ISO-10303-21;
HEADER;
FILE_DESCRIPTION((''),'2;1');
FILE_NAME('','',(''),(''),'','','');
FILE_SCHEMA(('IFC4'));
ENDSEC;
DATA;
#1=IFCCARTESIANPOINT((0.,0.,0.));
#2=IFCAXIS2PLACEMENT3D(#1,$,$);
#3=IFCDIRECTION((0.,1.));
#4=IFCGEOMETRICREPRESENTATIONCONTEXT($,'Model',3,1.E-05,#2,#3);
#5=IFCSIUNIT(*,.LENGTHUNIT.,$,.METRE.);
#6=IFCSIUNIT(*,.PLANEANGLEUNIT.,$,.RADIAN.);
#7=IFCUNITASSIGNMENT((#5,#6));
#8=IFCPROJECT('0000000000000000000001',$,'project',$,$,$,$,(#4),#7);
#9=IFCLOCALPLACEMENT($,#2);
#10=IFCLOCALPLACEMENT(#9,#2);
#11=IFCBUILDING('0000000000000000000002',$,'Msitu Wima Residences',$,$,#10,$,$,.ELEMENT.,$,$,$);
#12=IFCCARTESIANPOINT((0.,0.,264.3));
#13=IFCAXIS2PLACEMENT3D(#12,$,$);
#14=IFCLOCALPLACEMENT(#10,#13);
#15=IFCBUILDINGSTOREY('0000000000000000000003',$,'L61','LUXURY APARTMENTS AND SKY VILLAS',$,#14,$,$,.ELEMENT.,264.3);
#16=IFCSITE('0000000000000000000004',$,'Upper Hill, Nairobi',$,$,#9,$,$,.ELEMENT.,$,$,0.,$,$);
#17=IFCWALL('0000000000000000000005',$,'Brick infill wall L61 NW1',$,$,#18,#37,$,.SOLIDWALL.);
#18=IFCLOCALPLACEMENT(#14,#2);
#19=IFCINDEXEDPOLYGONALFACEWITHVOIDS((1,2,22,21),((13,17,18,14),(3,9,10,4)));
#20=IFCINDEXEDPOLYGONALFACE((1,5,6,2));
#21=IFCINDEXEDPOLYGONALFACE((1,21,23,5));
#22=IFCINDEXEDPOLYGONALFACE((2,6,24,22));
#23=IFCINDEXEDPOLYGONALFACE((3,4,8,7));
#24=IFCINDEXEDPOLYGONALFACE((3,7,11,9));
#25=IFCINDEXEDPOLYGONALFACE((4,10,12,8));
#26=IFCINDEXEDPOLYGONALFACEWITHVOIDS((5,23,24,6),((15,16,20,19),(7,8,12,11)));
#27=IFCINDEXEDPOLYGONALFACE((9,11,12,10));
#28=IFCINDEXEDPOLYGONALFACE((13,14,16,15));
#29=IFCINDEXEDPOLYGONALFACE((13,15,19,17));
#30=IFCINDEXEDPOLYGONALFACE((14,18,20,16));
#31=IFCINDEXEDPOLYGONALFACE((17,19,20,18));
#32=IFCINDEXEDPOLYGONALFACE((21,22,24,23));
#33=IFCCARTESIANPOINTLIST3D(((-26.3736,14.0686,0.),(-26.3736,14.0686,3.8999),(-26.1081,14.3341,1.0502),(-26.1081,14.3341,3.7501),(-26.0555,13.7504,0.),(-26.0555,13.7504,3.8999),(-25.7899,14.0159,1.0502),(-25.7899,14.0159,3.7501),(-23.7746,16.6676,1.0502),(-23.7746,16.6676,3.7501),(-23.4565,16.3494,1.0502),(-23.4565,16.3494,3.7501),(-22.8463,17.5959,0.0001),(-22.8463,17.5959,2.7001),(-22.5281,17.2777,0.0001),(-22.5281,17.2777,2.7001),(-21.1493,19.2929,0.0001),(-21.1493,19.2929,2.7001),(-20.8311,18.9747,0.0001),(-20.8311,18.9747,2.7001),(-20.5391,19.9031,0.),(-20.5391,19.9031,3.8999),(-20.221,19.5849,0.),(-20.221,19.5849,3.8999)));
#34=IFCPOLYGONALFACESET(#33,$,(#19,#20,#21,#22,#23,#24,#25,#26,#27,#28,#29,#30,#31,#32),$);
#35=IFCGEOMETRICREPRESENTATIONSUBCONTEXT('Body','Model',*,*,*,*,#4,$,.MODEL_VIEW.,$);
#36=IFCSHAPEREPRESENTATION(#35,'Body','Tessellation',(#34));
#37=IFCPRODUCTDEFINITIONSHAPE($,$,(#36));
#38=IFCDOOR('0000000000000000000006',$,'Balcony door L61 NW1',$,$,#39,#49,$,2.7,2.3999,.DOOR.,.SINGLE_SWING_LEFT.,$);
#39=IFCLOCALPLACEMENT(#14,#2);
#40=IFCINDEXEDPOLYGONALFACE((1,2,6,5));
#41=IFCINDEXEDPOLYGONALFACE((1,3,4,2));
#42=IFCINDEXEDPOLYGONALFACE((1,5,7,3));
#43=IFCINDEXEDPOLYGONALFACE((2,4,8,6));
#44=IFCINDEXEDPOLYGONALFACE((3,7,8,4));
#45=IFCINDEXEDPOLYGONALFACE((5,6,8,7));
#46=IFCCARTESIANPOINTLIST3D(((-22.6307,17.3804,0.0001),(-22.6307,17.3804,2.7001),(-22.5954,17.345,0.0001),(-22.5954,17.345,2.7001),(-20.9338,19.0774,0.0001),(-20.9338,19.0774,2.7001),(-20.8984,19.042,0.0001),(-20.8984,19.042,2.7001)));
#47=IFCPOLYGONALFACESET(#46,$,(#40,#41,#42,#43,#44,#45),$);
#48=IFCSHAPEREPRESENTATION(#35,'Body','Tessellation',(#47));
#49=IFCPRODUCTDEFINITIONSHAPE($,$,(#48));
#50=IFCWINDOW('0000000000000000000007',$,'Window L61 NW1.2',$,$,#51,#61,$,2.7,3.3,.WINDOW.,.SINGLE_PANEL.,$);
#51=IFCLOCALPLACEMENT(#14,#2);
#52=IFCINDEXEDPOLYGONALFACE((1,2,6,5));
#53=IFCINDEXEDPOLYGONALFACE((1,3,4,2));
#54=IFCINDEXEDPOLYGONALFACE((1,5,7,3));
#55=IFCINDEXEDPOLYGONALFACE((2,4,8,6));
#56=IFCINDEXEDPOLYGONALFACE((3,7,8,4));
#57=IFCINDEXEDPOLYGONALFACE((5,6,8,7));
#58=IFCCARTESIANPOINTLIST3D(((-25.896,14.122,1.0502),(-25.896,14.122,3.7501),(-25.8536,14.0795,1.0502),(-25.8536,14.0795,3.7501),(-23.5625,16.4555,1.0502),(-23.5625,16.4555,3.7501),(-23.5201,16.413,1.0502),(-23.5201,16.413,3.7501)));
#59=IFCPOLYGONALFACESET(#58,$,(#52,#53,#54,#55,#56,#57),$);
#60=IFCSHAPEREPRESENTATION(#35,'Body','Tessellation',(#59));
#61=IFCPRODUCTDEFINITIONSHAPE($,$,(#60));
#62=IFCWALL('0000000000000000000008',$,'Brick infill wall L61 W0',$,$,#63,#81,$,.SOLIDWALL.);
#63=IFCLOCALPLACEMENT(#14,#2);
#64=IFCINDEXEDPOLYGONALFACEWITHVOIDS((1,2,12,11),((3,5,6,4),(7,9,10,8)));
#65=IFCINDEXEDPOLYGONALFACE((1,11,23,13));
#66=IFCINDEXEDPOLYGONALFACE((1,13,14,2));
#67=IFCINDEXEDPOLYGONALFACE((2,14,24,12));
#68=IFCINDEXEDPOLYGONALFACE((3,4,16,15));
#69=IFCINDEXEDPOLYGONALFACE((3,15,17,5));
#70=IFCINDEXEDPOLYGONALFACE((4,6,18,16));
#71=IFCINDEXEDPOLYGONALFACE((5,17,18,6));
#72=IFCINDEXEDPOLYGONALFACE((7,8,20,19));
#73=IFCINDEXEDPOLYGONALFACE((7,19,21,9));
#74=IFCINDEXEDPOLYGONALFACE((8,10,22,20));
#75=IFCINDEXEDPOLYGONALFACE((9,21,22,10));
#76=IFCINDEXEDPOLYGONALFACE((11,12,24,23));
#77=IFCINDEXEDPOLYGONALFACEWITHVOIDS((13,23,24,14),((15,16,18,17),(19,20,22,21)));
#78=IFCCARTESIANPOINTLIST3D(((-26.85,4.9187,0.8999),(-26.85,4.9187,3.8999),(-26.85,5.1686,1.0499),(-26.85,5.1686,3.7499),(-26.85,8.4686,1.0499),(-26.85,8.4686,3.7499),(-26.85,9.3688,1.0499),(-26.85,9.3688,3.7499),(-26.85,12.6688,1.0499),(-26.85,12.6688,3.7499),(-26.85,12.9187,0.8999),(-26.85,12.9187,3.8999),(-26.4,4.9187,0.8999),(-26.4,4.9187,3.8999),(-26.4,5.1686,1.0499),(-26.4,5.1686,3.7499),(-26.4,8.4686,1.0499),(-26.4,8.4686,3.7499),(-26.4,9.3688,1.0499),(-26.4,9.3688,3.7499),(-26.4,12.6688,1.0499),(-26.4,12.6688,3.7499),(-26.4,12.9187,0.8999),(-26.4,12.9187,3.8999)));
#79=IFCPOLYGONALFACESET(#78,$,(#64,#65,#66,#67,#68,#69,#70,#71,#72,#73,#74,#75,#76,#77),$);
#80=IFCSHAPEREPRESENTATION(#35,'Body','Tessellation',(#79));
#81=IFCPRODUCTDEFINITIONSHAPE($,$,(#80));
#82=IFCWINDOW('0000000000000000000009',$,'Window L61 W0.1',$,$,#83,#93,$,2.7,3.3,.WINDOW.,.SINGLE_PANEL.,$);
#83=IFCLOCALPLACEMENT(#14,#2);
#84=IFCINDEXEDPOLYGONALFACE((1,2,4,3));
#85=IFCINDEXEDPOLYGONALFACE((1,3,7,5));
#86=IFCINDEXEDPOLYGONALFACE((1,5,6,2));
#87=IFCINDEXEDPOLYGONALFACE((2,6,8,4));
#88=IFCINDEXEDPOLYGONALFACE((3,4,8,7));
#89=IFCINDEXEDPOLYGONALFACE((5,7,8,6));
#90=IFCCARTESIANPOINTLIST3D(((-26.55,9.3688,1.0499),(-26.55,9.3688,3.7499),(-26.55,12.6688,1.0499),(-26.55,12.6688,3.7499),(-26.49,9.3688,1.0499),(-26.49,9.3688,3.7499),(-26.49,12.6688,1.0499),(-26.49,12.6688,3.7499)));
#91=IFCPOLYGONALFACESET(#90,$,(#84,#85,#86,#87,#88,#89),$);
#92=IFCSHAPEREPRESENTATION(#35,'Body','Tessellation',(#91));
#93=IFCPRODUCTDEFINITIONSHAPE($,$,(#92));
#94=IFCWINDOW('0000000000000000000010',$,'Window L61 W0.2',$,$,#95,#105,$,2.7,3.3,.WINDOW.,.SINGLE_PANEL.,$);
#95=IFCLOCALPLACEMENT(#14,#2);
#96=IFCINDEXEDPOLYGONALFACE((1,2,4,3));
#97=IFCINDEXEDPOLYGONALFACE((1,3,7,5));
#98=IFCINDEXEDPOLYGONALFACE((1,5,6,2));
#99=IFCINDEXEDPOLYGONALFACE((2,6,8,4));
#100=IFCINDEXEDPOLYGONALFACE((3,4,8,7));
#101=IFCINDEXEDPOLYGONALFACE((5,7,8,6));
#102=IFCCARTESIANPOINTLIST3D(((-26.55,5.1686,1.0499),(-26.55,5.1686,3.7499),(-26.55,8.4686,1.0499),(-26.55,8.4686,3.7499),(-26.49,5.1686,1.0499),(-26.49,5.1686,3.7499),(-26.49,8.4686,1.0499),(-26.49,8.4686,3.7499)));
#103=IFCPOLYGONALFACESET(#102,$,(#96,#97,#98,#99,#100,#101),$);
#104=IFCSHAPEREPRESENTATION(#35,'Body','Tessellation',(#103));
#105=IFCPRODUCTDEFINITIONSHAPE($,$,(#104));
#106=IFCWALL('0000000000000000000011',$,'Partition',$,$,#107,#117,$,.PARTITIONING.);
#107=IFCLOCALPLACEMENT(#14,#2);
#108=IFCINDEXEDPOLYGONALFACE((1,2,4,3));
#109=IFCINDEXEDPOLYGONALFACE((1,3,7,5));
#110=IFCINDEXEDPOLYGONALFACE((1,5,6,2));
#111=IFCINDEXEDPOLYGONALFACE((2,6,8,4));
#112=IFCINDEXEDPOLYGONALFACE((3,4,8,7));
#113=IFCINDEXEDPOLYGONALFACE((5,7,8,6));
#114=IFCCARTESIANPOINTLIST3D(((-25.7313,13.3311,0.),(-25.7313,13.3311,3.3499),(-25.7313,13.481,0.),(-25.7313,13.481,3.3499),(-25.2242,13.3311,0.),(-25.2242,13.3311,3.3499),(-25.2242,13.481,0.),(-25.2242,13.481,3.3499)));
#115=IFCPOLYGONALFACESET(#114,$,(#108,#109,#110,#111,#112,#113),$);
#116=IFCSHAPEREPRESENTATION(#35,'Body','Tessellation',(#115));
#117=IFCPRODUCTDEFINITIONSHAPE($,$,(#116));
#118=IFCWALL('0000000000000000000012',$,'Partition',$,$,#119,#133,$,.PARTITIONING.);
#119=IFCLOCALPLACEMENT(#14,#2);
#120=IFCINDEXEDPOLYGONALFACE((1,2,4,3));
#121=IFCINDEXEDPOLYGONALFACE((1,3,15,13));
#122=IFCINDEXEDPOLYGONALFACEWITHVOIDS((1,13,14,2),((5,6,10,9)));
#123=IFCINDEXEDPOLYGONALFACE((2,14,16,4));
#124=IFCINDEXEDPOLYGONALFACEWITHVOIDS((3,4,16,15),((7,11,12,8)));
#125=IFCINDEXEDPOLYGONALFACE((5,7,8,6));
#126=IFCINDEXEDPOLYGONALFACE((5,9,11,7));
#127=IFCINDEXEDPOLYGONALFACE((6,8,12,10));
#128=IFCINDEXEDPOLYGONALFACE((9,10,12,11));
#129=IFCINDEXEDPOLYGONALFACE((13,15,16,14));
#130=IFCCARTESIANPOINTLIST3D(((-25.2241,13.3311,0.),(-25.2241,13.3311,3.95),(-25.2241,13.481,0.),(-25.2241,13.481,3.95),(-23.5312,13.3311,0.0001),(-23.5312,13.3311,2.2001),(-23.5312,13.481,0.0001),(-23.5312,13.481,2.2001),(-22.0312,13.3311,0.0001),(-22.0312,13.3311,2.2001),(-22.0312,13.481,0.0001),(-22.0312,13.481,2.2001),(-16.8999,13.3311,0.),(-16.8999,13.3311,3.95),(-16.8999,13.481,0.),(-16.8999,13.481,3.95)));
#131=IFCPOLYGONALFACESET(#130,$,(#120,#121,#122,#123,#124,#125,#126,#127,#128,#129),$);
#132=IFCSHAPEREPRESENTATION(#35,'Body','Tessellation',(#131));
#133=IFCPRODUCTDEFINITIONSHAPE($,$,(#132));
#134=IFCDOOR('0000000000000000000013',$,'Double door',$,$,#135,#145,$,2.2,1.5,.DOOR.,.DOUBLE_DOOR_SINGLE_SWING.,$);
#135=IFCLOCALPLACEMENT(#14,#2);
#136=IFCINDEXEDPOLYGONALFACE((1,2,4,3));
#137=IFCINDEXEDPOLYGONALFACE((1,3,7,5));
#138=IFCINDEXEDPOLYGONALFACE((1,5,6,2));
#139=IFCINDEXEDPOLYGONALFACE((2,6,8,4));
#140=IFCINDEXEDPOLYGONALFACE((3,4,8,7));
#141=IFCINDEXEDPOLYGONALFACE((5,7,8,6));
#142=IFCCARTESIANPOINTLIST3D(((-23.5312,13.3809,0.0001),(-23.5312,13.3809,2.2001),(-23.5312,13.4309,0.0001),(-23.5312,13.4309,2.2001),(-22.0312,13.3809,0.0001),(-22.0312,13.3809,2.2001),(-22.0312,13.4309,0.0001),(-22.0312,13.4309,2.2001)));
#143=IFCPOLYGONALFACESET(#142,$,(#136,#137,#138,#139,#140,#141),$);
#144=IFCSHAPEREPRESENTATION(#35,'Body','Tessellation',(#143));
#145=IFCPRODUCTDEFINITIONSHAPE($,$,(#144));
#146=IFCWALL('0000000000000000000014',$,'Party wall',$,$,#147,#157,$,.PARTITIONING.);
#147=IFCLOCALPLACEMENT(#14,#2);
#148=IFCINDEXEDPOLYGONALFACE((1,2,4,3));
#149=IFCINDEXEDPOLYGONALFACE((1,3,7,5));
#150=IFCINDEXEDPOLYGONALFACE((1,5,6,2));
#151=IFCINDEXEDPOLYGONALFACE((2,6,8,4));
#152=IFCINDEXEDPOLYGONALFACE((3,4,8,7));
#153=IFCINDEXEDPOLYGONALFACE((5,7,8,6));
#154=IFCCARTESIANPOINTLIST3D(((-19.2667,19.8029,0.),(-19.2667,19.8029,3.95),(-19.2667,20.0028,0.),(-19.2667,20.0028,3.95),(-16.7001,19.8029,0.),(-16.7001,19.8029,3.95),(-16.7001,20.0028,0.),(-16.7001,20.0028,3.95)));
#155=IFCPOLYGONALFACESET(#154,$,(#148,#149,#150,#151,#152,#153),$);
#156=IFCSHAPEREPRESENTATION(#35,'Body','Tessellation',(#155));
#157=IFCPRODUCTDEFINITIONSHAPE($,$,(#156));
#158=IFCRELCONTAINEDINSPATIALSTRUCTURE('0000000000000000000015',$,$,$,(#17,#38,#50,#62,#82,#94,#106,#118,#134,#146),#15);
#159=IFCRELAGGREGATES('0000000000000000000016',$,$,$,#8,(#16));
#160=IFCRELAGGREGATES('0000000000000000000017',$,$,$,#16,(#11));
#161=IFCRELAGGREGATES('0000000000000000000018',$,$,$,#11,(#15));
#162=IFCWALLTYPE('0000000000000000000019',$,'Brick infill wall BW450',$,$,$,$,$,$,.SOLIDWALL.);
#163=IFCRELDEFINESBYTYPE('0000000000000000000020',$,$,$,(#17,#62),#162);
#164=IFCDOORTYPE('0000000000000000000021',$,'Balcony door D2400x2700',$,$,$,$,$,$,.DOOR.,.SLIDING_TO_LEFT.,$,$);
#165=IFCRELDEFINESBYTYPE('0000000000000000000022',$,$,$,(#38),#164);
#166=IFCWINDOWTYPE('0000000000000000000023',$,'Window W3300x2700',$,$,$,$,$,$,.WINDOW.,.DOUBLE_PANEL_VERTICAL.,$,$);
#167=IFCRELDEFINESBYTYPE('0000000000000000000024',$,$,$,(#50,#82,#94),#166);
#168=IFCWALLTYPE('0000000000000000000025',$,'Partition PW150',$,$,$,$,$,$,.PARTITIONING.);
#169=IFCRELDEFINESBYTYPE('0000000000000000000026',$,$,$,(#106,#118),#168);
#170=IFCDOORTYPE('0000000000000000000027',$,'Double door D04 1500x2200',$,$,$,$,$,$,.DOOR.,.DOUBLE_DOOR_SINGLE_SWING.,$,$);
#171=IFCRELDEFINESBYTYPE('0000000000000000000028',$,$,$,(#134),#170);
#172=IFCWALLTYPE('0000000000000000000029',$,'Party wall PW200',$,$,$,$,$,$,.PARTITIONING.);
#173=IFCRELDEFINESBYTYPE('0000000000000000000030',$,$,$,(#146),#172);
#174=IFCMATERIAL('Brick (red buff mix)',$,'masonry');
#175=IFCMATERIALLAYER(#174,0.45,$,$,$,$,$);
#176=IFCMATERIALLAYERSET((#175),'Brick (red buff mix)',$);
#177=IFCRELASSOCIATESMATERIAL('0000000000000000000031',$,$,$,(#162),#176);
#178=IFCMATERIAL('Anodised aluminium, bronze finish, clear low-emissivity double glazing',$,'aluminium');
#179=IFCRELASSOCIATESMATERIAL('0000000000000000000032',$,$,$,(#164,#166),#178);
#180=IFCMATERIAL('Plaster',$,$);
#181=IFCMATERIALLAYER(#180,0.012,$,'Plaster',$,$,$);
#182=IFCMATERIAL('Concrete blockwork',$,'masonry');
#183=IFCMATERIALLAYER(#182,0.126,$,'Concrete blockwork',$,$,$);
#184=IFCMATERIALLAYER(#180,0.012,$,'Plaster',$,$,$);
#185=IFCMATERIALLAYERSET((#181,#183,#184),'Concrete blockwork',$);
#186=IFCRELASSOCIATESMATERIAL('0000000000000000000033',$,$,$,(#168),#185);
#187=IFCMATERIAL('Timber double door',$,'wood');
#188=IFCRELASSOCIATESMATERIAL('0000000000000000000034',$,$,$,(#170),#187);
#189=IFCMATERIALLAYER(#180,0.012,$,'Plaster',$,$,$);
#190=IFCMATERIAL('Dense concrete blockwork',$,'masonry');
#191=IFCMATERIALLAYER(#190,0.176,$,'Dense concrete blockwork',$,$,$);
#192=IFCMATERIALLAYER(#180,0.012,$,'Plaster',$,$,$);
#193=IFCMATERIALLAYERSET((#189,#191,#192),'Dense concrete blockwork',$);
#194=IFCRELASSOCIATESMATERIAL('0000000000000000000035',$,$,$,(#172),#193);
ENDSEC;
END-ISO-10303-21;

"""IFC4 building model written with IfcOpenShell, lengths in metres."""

from ifc_helpers import new_model, si_unit, direction, frame, frame_2d, origin, place, context, subcontext, project, spatial, rectangle, extrude, material, layer, layer_set, type_object, element, fill, save


model = new_model("IFC4")

# Units and contexts
model_context = context("Model", 3, precision=1e-05, world=origin(), true_north=direction((0.0, 1.0)))
body_context = subcontext(model_context, "Body", "Model", "MODEL_VIEW")
ifc_project = project(units=[si_unit("LENGTHUNIT", "METRE"), si_unit("PLANEANGLEUNIT", "RADIAN")], contexts=[model_context])

# Site, building, storey
site_placement = place(None, origin())
site = spatial("IfcSite", under=ifc_project, at=site_placement, Name="Upper Hill, Nairobi", CompositionType="ELEMENT", RefElevation=0.0)
building_placement = place(site_placement, origin())
building = spatial("IfcBuilding", under=site, at=building_placement, Name="Msitu Wima Residences", CompositionType="ELEMENT")
storey_placement = place(building_placement, frame((0.0, 0.0, 264.3)))
storey = spatial("IfcBuildingStorey", under=building, at=storey_placement, Name="L61", Description="LUXURY APARTMENTS AND SKY VILLAS", CompositionType="ELEMENT", Elevation=264.3)

# Wall, openings, door, window
ifc_material_1 = material(Name="Brick (red buff mix)", Category="masonry")
ifc_layer_1 = layer(ifc_material_1, 0.45)
ifc_layer_set_1 = layer_set([ifc_layer_1], Name="Brick (red buff mix)")
wall_type_1 = type_object("IfcWallType", Name="Brick infill wall BW450", PredefinedType="SOLIDWALL", material=ifc_layer_set_1)
wall_1_placement = place(storey_placement, frame((-20.3801, 19.7439, 0.0), z_axis=(0.0, 0.0, 1.0), x_axis=(-0.707107, -0.707107, 0.0)))
wall_1 = element("IfcWall", 1, at=wall_1_placement, inside=storey, type_object=wall_type_1, Name="Brick infill wall L61 NW1", PredefinedType="SOLIDWALL", context=body_context, shape_type="SweptSolid", body=[
    extrude(rectangle(XDim=8.2512, YDim=0.45, at=frame_2d((4.1255, 0.0))), origin(), (0.0, 0.0, 1.0), 3.8999),
])
opening_1_placement = place(wall_1_placement, frame((0.8628, 0.0, 0.0)))
opening_1 = element("IfcOpeningElement", 2, at=opening_1_placement, cuts=wall_1, PredefinedType="OPENING", context=body_context, shape_type="SweptSolid", body=[
    extrude(rectangle(XDim=2.3999, YDim=2.7, at=frame_2d((1.2, 1.3501))), frame((0.0, 0.2349, 0.0), z_axis=(0.0, -1.0, 0.0), x_axis=(1.0, 0.0, 0.0)), (0.0, 0.0, 1.0), 0.47),
])
opening_2_placement = place(wall_1_placement, frame((4.5757, 0.0, 1.05)))
opening_2 = element("IfcOpeningElement", 3, at=opening_2_placement, cuts=wall_1, PredefinedType="OPENING", context=body_context, shape_type="SweptSolid", body=[
    extrude(rectangle(XDim=3.3, YDim=2.7, at=frame_2d((1.6499, 1.3501))), frame((0.0, 0.2349, 0.0), z_axis=(0.0, -1.0, 0.0), x_axis=(1.0, 0.0, 0.0)), (0.0, 0.0, 1.0), 0.47),
])
ifc_material_2 = material(Name="Anodised aluminium, bronze finish, clear low-emissivity double glazing", Category="aluminium")
door_type_1 = type_object("IfcDoorType", Name="Balcony door D2400x2700", OperationType="SLIDING_TO_LEFT", PredefinedType="DOOR", material=ifc_material_2)
door_1_placement = place(opening_1_placement, origin())
door_1 = element("IfcDoor", 4, at=door_1_placement, inside=storey, type_object=door_type_1, Name="Balcony door L61 NW1", OperationType="SINGLE_SWING_LEFT", OverallHeight=2.7, OverallWidth=2.3999, PredefinedType="DOOR", context=body_context, shape_type="SweptSolid", body=[
    extrude(rectangle(XDim=2.3999, YDim=2.7, at=frame_2d((1.2, 1.3501))), frame((0.0, 0.1299, 0.0), z_axis=(0.0, -1.0, 0.0), x_axis=(1.0, 0.0, 0.0)), (0.0, 0.0, 1.0), 0.05),
])
fill(opening_1, door_1)
window_type = type_object("IfcWindowType", Name="Window W3300x2700", PartitioningType="DOUBLE_PANEL_VERTICAL", PredefinedType="WINDOW", material=ifc_material_2)
window_1_placement = place(opening_2_placement, origin())
window_1 = element("IfcWindow", 5, at=window_1_placement, inside=storey, type_object=window_type, Name="Window L61 NW1.2", OverallHeight=2.7, OverallWidth=3.3, PartitioningType="SINGLE_PANEL", PredefinedType="WINDOW", context=body_context, shape_type="SweptSolid", body=[
    extrude(rectangle(XDim=3.3, YDim=2.7, at=frame_2d((1.6499, 1.3501))), frame((0.0, 0.135, 0.0), z_axis=(0.0, -1.0, 0.0), x_axis=(1.0, 0.0, 0.0)), (0.0, 0.0, 1.0), 0.0601),
])
fill(opening_2, window_1)

# Wall, openings, windows
wall_2_placement = place(storey_placement, frame((-26.625, 12.9187, 0.8999), z_axis=(0.0, 0.0, 1.0), x_axis=(0.0, -1.0, 0.0)))
wall_2 = element("IfcWall", 6, at=wall_2_placement, inside=storey, type_object=wall_type_1, Name="Brick infill wall L61 W0", PredefinedType="SOLIDWALL", context=body_context, shape_type="SweptSolid", body=[
    extrude(rectangle(XDim=8.0, YDim=0.45, at=frame_2d((4.0, 0.0))), origin(), (0.0, 0.0, 1.0), 3.0),
])
opening_3_placement = place(wall_2_placement, frame((0.25, 0.0, 0.1499)))
opening_3 = element("IfcOpeningElement", 7, at=opening_3_placement, cuts=wall_2, PredefinedType="OPENING", context=body_context, shape_type="SweptSolid", body=[
    extrude(rectangle(XDim=3.3, YDim=2.7, at=frame_2d((1.6499, 1.3501))), frame((0.0, 0.2349, 0.0), z_axis=(0.0, -1.0, 0.0), x_axis=(1.0, 0.0, 0.0)), (0.0, 0.0, 1.0), 0.47),
])
opening_4_placement = place(wall_2_placement, frame((4.4502, 0.0, 0.1499)))
opening_4 = element("IfcOpeningElement", 8, at=opening_4_placement, cuts=wall_2, PredefinedType="OPENING", context=body_context, shape_type="SweptSolid", body=[
    extrude(rectangle(XDim=3.3, YDim=2.7, at=frame_2d((1.6499, 1.3501))), frame((0.0, 0.2349, 0.0), z_axis=(0.0, -1.0, 0.0), x_axis=(1.0, 0.0, 0.0)), (0.0, 0.0, 1.0), 0.47),
])
window_2_placement = place(opening_3_placement, origin())
window_2 = element("IfcWindow", 9, at=window_2_placement, inside=storey, type_object=window_type, Name="Window L61 W0.1", OverallHeight=2.7, OverallWidth=3.3, PartitioningType="SINGLE_PANEL", PredefinedType="WINDOW", context=body_context, shape_type="SweptSolid", body=[
    extrude(rectangle(XDim=3.3, YDim=2.7, at=frame_2d((1.6499, 1.3501))), frame((0.0, 0.135, 0.0), z_axis=(0.0, -1.0, 0.0), x_axis=(1.0, 0.0, 0.0)), (0.0, 0.0, 1.0), 0.0601),
])
fill(opening_3, window_2)
window_3_placement = place(opening_4_placement, origin())
window_3 = element("IfcWindow", 10, at=window_3_placement, inside=storey, type_object=window_type, Name="Window L61 W0.2", OverallHeight=2.7, OverallWidth=3.3, PartitioningType="SINGLE_PANEL", PredefinedType="WINDOW", context=body_context, shape_type="SweptSolid", body=[
    extrude(rectangle(XDim=3.3, YDim=2.7, at=frame_2d((1.6499, 1.3501))), frame((0.0, 0.135, 0.0), z_axis=(0.0, -1.0, 0.0), x_axis=(1.0, 0.0, 0.0)), (0.0, 0.0, 1.0), 0.0601),
])
fill(opening_4, window_3)

# Shared definitions
ifc_material_3 = material(Name="Plaster")
ifc_material_4 = material(Name="Concrete blockwork", Category="masonry")

# Wall
ifc_layer_2 = layer(ifc_material_3, 0.012, Name="Plaster")
ifc_layer_3 = layer(ifc_material_4, 0.126, Name="Concrete blockwork")
ifc_layer_4 = layer(ifc_material_3, 0.012, Name="Plaster")
ifc_layer_set_2 = layer_set([ifc_layer_2, ifc_layer_3, ifc_layer_4], Name="Concrete blockwork")
wall_type_2 = type_object("IfcWallType", Name="Partition PW150", PredefinedType="PARTITIONING", material=ifc_layer_set_2)
wall_3_placement = place(storey_placement, frame((-25.7312, 13.406, 0.0), z_axis=(0.0, 0.0, 1.0), x_axis=(1.0, 0.0, 0.0)))
element("IfcWall", 11, at=wall_3_placement, inside=storey, type_object=wall_type_2, Name="Partition", PredefinedType="PARTITIONING", context=body_context, shape_type="SweptSolid", body=[
    extrude(rectangle(XDim=0.5071, YDim=0.1499, at=frame_2d((0.2534, 0.0))), origin(), (0.0, 0.0, 1.0), 3.3499),
])

# Wall, opening, door
wall_4_placement = place(storey_placement, frame((-25.2241, 13.406, 0.0), z_axis=(0.0, 0.0, 1.0), x_axis=(1.0, 0.0, 0.0)))
wall_4 = element("IfcWall", 12, at=wall_4_placement, inside=storey, type_object=wall_type_2, Name="Partition", PredefinedType="PARTITIONING", context=body_context, shape_type="SweptSolid", body=[
    extrude(rectangle(XDim=8.3242, YDim=0.1499, at=frame_2d((4.1621, 0.0))), origin(), (0.0, 0.0, 1.0), 3.95),
])
opening_5_placement = place(wall_4_placement, frame((1.6929, 0.0, 0.0)))
opening_5 = element("IfcOpeningElement", 13, at=opening_5_placement, cuts=wall_4, PredefinedType="OPENING", context=body_context, shape_type="SweptSolid", body=[
    extrude(rectangle(XDim=1.5, YDim=2.2, at=frame_2d((0.75, 1.1001))), frame((0.0, 0.085, 0.0), z_axis=(0.0, -1.0, 0.0), x_axis=(1.0, 0.0, 0.0)), (0.0, 0.0, 1.0), 0.1699),
])
ifc_material_5 = material(Name="Timber double door", Category="wood")
door_type_2 = type_object("IfcDoorType", Name="Double door D04 1500x2200", OperationType="DOUBLE_DOOR_SINGLE_SWING", PredefinedType="DOOR", material=ifc_material_5)
door_2_placement = place(opening_5_placement, origin())
door_2 = element("IfcDoor", 14, at=door_2_placement, inside=storey, type_object=door_type_2, Name="Double door", OperationType="DOUBLE_DOOR_SINGLE_SWING", OverallHeight=2.2, OverallWidth=1.5, PredefinedType="DOOR", context=body_context, shape_type="SweptSolid", body=[
    extrude(rectangle(XDim=1.5, YDim=2.2, at=frame_2d((0.75, 1.1001))), frame((0.0, 0.0249, 0.0), z_axis=(0.0, -1.0, 0.0), x_axis=(1.0, 0.0, 0.0)), (0.0, 0.0, 1.0), 0.05),
])
fill(opening_5, door_2)

# Wall
ifc_layer_5 = layer(ifc_material_3, 0.012, Name="Plaster")
ifc_material_6 = material(Name="Dense concrete blockwork", Category="masonry")
ifc_layer_6 = layer(ifc_material_6, 0.176, Name="Dense concrete blockwork")
ifc_layer_7 = layer(ifc_material_3, 0.012, Name="Plaster")
ifc_layer_set_3 = layer_set([ifc_layer_5, ifc_layer_6, ifc_layer_7], Name="Dense concrete blockwork")
wall_type_3 = type_object("IfcWallType", Name="Party wall PW200", PredefinedType="PARTITIONING", material=ifc_layer_set_3)
wall_5_placement = place(storey_placement, frame((-19.2666, 19.9028, 0.0), z_axis=(0.0, 0.0, 1.0), x_axis=(1.0, 0.0, 0.0)))
element("IfcWall", 15, at=wall_5_placement, inside=storey, type_object=wall_type_3, Name="Party wall", PredefinedType="PARTITIONING", context=body_context, shape_type="SweptSolid", body=[
    extrude(rectangle(XDim=2.5667, YDim=0.2, at=frame_2d((1.2832, 0.0))), origin(), (0.0, 0.0, 1.0), 3.95),
])

save(model, "model.ifc")
